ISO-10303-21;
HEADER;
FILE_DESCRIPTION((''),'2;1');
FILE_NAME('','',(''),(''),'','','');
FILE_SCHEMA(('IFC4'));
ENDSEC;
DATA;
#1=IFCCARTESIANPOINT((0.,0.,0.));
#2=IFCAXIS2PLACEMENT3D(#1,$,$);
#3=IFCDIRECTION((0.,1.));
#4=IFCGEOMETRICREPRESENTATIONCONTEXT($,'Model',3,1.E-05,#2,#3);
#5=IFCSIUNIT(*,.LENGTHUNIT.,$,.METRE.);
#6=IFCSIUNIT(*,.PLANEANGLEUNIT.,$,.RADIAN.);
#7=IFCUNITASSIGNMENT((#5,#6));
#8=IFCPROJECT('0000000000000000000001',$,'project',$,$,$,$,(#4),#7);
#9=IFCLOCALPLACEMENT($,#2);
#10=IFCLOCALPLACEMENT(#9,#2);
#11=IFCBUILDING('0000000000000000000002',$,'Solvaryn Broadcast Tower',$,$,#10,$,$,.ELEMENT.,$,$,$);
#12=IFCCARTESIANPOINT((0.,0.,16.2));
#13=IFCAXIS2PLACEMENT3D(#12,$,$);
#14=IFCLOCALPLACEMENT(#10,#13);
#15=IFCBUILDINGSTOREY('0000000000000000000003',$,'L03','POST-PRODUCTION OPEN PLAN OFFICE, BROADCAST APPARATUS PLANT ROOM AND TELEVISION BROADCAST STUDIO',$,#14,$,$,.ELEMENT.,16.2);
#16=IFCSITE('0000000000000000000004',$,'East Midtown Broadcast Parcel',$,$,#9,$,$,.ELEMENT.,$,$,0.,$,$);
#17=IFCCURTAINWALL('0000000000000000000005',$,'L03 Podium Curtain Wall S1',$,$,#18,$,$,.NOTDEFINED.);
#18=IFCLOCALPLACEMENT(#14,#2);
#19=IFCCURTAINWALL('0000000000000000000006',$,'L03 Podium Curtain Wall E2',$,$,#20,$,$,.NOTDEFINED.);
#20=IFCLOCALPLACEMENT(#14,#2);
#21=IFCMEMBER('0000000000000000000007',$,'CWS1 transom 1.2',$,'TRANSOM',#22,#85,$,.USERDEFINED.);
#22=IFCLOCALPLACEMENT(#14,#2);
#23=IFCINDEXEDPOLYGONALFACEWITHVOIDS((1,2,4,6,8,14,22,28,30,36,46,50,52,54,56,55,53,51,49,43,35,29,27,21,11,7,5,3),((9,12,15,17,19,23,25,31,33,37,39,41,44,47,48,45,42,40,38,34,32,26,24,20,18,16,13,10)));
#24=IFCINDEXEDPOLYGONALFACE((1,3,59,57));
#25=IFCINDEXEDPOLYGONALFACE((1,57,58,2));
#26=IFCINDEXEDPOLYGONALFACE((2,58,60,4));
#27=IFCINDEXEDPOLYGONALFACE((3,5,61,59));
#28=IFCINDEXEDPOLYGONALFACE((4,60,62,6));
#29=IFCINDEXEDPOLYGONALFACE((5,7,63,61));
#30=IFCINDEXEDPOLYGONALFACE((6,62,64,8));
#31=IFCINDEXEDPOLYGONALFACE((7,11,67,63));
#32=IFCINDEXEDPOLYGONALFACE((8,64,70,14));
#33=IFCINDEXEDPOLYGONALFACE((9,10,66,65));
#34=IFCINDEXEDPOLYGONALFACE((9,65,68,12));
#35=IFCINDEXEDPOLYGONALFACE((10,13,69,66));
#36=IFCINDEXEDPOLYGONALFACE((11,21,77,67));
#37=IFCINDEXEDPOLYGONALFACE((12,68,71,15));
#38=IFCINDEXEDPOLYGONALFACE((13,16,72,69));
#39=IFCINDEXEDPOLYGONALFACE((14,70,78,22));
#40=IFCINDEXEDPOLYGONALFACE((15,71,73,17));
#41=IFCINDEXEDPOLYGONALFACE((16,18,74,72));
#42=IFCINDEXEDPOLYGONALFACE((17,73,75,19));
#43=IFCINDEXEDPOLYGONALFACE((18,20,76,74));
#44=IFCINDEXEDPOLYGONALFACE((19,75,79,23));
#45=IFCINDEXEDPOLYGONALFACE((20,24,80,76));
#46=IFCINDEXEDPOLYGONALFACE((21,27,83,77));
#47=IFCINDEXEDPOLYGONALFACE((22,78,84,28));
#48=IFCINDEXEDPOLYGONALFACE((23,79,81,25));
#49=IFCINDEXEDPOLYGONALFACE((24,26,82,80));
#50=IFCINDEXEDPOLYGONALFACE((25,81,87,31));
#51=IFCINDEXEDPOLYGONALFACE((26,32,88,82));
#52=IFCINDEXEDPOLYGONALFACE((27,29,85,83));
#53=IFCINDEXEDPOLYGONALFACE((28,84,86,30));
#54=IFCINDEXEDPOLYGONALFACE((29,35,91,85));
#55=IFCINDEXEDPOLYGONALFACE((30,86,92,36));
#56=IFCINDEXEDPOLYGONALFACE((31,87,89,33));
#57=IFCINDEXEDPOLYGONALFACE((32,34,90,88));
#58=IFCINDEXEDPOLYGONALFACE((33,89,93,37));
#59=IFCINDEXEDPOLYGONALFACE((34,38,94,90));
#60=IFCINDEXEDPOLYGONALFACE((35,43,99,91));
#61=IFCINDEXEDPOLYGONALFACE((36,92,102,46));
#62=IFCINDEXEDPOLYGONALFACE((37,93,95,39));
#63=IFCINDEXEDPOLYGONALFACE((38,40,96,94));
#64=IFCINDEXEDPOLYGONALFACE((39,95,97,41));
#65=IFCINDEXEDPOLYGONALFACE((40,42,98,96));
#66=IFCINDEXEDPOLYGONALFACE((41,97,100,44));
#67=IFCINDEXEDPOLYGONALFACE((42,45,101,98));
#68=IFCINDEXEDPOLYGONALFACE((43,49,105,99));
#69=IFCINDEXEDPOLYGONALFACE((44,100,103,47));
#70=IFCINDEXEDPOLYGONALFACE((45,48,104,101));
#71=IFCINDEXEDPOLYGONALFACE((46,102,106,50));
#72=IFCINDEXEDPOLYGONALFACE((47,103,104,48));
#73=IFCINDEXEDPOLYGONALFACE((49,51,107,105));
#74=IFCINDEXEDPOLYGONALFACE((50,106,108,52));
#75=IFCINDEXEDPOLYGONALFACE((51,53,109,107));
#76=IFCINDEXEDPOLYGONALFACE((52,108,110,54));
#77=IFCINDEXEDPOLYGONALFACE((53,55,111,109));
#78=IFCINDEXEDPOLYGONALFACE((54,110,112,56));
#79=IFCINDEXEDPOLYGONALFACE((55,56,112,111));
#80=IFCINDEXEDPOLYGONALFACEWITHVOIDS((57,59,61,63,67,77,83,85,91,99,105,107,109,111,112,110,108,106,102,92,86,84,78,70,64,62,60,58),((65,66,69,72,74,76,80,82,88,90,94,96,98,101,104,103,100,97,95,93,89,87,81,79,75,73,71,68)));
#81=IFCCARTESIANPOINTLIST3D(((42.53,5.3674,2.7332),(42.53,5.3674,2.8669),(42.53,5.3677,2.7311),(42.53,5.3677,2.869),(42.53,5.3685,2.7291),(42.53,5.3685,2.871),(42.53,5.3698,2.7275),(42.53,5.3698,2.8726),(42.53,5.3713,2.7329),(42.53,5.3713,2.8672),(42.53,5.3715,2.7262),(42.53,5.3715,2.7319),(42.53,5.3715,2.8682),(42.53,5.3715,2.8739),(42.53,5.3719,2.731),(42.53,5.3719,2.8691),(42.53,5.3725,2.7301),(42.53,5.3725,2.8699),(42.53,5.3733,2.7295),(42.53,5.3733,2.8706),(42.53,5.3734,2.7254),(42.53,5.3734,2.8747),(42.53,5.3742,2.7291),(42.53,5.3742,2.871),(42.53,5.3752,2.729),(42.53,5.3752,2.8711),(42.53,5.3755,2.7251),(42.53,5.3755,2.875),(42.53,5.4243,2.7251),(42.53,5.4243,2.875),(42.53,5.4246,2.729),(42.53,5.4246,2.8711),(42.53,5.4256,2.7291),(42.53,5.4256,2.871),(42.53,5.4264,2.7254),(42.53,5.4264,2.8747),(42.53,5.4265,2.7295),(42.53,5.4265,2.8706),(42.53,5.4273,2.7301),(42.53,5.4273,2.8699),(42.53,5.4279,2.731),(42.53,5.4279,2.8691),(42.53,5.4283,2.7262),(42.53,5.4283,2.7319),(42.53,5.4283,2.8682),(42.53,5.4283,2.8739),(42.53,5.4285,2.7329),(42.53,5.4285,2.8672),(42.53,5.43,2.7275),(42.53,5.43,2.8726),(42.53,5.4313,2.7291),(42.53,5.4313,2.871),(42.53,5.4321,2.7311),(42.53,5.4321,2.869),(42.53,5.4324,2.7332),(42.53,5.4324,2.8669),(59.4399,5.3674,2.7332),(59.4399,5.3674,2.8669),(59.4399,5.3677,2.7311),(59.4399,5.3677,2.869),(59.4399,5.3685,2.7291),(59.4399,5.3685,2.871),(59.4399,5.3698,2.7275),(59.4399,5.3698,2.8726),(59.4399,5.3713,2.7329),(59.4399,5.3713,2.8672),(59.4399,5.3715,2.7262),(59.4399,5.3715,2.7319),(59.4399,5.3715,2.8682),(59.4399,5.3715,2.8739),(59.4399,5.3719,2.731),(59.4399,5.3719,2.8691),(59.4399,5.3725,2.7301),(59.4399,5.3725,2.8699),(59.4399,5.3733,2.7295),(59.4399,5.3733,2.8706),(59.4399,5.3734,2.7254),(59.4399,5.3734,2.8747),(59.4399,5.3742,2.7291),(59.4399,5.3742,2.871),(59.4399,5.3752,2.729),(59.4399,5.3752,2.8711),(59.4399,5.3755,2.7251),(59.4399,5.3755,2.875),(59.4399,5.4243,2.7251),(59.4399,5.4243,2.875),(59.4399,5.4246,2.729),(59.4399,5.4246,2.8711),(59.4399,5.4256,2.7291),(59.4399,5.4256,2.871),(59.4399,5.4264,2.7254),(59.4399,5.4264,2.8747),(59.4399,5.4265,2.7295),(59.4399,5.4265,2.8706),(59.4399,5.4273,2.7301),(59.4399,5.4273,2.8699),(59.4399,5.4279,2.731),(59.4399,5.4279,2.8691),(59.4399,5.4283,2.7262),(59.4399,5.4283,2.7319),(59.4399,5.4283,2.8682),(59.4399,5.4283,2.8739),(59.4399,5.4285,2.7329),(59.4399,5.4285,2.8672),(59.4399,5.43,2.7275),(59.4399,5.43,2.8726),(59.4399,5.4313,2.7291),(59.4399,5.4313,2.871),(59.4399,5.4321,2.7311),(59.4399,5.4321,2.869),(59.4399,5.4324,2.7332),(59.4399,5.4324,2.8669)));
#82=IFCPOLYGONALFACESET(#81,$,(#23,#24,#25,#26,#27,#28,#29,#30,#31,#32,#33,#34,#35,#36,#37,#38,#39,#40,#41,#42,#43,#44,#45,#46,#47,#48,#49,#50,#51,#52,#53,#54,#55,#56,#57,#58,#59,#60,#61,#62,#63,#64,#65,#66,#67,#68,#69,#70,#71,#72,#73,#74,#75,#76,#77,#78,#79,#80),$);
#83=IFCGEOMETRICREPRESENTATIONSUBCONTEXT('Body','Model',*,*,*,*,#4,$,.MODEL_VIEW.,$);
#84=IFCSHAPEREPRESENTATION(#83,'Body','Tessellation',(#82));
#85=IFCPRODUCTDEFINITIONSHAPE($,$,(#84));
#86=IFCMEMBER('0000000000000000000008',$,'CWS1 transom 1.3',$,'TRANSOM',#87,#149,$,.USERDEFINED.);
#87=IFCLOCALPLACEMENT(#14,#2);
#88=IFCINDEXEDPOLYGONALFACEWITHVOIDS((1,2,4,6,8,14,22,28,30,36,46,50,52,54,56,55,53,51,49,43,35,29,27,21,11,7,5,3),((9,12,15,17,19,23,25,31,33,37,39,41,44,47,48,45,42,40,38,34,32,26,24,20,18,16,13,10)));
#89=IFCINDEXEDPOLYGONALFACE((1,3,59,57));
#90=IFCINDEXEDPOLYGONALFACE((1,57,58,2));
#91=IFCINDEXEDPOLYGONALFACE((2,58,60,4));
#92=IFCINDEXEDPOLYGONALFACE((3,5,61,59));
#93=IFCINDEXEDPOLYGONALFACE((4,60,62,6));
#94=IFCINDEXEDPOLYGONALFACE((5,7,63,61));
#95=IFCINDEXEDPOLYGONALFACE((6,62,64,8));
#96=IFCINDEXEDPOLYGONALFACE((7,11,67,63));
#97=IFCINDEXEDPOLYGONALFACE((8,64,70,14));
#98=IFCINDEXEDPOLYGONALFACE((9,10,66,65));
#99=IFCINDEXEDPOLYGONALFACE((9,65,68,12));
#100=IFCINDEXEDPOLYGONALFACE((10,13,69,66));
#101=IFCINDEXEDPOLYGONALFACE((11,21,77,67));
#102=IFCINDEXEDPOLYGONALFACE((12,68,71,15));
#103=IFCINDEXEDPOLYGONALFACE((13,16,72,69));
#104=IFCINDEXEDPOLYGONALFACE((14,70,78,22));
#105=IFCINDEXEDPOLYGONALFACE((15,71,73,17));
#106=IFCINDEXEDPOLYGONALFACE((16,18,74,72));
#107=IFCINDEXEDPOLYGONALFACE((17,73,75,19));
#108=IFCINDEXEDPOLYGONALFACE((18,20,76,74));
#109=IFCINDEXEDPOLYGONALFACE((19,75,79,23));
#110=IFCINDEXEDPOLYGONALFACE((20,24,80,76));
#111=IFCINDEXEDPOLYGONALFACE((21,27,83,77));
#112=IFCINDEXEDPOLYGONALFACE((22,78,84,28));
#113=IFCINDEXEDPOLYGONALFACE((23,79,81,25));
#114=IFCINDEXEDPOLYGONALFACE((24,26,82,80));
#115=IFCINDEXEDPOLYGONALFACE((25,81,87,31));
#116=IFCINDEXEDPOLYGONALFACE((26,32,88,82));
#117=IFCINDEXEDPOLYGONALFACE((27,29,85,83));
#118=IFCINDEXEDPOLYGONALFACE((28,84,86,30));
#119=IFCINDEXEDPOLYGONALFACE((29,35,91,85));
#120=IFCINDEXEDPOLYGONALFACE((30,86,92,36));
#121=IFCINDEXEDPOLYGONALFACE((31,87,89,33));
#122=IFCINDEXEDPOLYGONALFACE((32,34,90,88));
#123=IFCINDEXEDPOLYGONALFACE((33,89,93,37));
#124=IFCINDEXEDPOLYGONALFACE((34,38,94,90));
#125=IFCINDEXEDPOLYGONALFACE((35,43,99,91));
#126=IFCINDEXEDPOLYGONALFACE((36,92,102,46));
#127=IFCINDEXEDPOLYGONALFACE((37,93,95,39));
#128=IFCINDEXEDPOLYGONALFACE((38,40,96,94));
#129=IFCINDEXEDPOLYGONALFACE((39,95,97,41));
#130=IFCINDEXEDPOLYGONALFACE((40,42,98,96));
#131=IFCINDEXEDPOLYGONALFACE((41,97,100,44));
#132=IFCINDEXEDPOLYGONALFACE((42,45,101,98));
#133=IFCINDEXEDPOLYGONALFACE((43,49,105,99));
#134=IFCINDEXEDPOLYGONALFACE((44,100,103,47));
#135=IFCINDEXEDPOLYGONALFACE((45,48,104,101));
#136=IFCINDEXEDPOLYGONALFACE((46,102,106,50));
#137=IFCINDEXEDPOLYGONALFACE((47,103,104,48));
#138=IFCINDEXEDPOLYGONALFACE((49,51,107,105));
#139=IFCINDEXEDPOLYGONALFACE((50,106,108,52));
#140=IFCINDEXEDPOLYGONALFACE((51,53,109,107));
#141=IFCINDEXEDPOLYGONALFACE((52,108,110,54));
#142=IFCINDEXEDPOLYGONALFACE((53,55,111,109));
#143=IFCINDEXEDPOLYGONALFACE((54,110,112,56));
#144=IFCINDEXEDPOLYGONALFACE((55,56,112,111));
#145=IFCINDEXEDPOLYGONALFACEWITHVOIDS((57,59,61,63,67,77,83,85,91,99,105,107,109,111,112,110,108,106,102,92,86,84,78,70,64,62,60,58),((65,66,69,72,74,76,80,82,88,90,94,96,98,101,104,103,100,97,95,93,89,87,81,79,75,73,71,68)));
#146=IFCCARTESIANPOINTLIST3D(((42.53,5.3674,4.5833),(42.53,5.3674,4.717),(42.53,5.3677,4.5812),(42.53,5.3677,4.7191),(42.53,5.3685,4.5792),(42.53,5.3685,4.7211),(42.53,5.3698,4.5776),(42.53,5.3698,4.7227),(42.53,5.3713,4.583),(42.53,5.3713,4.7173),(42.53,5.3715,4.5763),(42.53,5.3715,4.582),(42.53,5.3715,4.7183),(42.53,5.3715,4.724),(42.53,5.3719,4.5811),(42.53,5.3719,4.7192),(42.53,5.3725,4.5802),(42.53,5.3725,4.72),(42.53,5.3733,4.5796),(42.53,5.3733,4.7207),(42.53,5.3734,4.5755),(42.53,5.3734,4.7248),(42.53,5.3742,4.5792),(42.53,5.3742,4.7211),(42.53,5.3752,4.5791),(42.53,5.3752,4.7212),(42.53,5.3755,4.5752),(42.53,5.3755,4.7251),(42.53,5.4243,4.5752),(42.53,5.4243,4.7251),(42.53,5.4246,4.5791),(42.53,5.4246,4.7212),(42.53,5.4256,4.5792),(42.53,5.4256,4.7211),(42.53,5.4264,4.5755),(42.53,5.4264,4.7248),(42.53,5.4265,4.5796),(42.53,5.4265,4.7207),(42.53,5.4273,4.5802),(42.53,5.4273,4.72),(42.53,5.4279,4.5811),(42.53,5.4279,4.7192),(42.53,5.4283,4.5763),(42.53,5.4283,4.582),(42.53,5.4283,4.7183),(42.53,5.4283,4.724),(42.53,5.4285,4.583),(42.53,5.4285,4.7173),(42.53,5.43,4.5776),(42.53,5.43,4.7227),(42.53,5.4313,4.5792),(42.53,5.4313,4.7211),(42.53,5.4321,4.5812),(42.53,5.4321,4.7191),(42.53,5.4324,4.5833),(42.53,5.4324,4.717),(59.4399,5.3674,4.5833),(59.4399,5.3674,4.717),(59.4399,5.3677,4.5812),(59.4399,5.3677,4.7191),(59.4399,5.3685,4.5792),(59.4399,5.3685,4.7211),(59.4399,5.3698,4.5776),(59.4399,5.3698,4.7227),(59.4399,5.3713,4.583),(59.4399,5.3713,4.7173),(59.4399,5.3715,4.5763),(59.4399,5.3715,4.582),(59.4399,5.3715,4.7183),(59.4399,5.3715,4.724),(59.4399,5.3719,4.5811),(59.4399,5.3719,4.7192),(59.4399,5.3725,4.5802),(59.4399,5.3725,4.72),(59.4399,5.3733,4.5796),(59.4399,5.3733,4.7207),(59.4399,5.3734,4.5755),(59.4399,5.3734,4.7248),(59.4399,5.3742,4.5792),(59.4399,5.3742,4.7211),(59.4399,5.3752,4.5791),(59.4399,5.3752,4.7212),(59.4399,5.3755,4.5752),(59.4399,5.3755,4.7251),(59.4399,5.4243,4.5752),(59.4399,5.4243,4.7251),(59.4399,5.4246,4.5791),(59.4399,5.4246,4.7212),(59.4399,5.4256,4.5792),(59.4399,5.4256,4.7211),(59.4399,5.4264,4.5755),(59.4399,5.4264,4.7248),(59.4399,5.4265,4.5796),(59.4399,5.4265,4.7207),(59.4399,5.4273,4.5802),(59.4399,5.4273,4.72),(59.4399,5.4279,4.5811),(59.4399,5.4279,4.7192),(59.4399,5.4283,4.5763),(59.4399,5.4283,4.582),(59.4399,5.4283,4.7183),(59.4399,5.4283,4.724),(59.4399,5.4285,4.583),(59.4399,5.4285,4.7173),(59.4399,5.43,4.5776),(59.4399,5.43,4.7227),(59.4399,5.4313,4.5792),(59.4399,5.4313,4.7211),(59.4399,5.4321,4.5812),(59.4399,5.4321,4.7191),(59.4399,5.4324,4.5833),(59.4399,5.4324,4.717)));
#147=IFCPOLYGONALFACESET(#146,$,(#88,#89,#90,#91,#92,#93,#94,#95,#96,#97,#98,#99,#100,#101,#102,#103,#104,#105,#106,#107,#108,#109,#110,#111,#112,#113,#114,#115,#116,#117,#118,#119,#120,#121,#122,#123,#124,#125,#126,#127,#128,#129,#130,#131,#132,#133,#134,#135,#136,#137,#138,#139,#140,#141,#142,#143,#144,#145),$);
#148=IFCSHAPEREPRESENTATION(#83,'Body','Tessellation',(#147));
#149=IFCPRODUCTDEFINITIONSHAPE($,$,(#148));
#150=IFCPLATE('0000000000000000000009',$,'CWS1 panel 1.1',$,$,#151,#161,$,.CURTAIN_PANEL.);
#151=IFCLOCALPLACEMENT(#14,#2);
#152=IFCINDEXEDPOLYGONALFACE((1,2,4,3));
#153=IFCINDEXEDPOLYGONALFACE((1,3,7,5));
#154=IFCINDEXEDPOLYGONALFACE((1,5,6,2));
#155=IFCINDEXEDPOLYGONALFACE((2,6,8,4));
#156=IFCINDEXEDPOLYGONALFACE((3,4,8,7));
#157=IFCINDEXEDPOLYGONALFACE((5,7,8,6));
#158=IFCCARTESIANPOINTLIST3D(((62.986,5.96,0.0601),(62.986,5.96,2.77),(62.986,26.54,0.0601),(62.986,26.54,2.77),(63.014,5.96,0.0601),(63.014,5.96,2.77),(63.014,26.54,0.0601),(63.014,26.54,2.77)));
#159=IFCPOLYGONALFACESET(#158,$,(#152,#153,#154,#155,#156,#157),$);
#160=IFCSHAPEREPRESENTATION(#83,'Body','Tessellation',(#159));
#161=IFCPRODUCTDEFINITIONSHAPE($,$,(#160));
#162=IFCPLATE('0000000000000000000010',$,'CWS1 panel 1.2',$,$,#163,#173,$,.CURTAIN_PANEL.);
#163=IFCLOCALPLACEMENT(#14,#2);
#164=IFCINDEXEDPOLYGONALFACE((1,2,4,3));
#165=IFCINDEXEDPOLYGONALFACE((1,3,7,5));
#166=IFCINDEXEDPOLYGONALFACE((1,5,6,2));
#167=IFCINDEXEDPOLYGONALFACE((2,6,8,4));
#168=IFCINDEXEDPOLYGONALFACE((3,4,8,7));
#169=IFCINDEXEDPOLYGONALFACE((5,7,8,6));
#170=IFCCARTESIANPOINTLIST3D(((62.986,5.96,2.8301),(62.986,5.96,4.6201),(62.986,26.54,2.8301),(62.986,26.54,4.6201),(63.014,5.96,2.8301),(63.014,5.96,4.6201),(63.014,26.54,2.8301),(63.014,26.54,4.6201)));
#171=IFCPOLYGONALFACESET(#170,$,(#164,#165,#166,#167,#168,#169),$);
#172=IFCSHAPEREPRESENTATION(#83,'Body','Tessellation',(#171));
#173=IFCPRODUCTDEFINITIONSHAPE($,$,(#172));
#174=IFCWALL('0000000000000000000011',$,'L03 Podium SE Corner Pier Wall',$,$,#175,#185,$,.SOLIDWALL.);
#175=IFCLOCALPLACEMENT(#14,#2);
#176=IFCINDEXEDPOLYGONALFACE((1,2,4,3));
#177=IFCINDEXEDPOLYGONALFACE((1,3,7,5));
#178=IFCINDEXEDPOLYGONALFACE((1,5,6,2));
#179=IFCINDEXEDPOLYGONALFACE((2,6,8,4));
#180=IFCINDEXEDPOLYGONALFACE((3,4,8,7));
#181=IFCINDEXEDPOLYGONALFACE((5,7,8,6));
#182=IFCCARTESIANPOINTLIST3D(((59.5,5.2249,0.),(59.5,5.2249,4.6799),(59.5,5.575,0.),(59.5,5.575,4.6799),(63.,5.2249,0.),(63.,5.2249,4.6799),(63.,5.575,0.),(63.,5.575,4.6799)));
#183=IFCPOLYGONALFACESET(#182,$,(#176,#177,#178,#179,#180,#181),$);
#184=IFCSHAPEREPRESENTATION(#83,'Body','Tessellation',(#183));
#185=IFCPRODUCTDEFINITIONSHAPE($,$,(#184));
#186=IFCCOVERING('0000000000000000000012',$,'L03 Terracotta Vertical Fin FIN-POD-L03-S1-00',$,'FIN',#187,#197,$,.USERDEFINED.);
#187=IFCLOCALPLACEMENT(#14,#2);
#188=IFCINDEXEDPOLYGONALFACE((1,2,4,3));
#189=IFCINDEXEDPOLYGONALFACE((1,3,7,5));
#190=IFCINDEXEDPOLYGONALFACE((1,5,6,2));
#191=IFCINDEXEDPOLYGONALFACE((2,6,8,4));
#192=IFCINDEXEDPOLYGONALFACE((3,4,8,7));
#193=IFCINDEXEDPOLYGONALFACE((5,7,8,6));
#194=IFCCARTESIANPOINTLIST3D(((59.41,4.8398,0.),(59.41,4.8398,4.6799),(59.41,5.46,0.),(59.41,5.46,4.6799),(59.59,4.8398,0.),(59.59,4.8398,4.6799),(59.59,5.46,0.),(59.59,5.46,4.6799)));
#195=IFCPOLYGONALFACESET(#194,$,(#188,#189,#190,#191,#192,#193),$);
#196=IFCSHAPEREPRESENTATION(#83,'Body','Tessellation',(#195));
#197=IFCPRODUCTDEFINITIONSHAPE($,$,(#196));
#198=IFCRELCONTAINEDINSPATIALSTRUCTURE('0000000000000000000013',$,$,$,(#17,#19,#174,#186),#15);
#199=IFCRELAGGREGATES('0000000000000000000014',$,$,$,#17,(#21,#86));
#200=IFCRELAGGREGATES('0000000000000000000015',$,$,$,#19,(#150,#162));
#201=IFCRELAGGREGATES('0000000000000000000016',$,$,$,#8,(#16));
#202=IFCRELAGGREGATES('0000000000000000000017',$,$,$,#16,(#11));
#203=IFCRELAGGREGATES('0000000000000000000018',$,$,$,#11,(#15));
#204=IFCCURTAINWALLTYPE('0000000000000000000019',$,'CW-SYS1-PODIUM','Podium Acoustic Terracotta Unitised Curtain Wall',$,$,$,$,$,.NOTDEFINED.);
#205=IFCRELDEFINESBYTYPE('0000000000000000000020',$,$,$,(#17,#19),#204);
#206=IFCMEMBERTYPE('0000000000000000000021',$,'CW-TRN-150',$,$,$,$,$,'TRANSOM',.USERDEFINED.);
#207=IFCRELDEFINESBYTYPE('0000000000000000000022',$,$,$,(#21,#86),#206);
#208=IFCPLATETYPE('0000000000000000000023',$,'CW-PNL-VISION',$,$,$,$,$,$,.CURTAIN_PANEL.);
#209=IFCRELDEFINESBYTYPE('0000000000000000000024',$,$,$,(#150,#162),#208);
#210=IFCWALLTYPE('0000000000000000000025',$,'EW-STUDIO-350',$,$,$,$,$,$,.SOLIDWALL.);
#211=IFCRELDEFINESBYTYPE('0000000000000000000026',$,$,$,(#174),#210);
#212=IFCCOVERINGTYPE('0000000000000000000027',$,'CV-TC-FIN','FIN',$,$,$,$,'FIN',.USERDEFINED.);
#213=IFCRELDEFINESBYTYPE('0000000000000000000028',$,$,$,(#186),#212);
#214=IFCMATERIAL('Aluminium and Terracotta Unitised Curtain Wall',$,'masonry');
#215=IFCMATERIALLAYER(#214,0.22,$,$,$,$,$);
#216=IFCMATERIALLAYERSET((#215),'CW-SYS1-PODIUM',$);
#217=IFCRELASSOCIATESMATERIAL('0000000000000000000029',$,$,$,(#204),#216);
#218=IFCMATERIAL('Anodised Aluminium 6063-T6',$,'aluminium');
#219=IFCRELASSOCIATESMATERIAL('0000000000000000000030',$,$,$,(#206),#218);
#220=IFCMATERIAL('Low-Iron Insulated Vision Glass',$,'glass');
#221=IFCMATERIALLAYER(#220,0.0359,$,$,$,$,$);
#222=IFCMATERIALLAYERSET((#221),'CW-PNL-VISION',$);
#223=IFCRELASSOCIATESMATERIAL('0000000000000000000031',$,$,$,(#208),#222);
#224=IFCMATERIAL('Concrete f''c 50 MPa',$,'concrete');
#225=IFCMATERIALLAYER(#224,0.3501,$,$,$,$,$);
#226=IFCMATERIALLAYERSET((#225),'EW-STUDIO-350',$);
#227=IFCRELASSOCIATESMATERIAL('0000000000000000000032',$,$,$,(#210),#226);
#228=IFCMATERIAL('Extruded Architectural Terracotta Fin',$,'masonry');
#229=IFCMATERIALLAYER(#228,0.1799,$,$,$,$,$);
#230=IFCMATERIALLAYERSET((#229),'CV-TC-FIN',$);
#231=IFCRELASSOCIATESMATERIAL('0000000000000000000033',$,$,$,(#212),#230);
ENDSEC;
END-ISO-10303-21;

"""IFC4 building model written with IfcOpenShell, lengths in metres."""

from ifc_helpers import new_model, si_unit, direction, frame, frame_2d, origin, origin_2d, place, context, subcontext, project, spatial, rectangle, hollow_rectangle, extrude, material, layer, layer_set, material_profile, profile_set, type_object, element, aggregate, save


model = new_model("IFC4")

# Units and contexts
model_context = context("Model", 3, precision=1e-05, world=origin(), true_north=direction((0.0, 1.0)))
body_context = subcontext(model_context, "Body", "Model", "MODEL_VIEW")
ifc_project = project(units=[si_unit("LENGTHUNIT", "METRE"), si_unit("PLANEANGLEUNIT", "RADIAN")], contexts=[model_context])

# Site, building, storey
site_placement = place(None, origin())
site = spatial("IfcSite", under=ifc_project, at=site_placement, Name="East Midtown Broadcast Parcel", CompositionType="ELEMENT", RefElevation=0.0)
building_placement = place(site_placement, origin())
building = spatial("IfcBuilding", under=site, at=building_placement, Name="Solvaryn Broadcast Tower", CompositionType="ELEMENT")
storey_placement = place(building_placement, frame((0.0, 0.0, 16.2)))
storey = spatial("IfcBuildingStorey", under=building, at=storey_placement, Name="L03", Description="POST-PRODUCTION OPEN PLAN OFFICE, BROADCAST APPARATUS PLANT ROOM AND TELEVISION BROADCAST STUDIO", CompositionType="ELEMENT", Elevation=16.2)

# Curtain walls
ifc_material_1 = material(Name="Aluminium and Terracotta Unitised Curtain Wall", Category="masonry")
ifc_layer_1 = layer(ifc_material_1, 0.22)
ifc_layer_set_1 = layer_set([ifc_layer_1], Name="CW-SYS1-PODIUM")
curtain_wall_type = type_object("IfcCurtainWallType", Name="CW-SYS1-PODIUM", Description="Podium Acoustic Terracotta Unitised Curtain Wall", PredefinedType="NOTDEFINED", material=ifc_layer_set_1)
curtain_wall_1_placement = place(storey_placement, origin())
curtain_wall_1 = element("IfcCurtainWall", 1, at=curtain_wall_1_placement, inside=storey, type_object=curtain_wall_type, Name="L03 Podium Curtain Wall S1", PredefinedType="NOTDEFINED")
curtain_wall_2_placement = place(storey_placement, origin())
curtain_wall_2 = element("IfcCurtainWall", 2, at=curtain_wall_2_placement, inside=storey, type_object=curtain_wall_type, Name="L03 Podium Curtain Wall E2", PredefinedType="NOTDEFINED")

# Members
ifc_material_2 = material(Name="Anodised Aluminium 6063-T6", Category="aluminium")
ifc_material_profile_1 = material_profile(ifc_material_2, hollow_rectangle(XDim=0.0649, YDim=0.1499, WallThickness=0.0039, InnerFilletRadius=0.0039, OuterFilletRadius=0.0081, at=origin_2d()))
ifc_profile_set_1 = profile_set([ifc_material_profile_1], Name="Anodised Aluminium 6063-T6")
member_type_1 = type_object("IfcMemberType", Name="CW-TRN-150", ElementType="TRANSOM", PredefinedType="USERDEFINED", material=ifc_profile_set_1)
member_1_placement = place(storey_placement, frame((59.4399, 5.3999, 2.8), z_axis=(-1.0, 0.0, 0.0), x_axis=(0.0, -1.0, 0.0)))
member_1 = element("IfcMember", 3, at=member_1_placement, type_object=member_type_1, Name="CWS1 transom 1.2", ObjectType="TRANSOM", PredefinedType="USERDEFINED", context=body_context, shape_type="SweptSolid", body=[
    extrude(hollow_rectangle(XDim=0.0649, YDim=0.1499, WallThickness=0.0039, InnerFilletRadius=0.0039, OuterFilletRadius=0.0081, at=origin_2d()), origin(), (0.0, 0.0, 1.0), 16.9099),
])
member_2_placement = place(storey_placement, frame((59.4399, 5.3999, 4.6501), z_axis=(-1.0, 0.0, 0.0), x_axis=(0.0, -1.0, 0.0)))
member_2 = element("IfcMember", 4, at=member_2_placement, type_object=member_type_1, Name="CWS1 transom 1.3", ObjectType="TRANSOM", PredefinedType="USERDEFINED", context=body_context, shape_type="SweptSolid", body=[
    extrude(hollow_rectangle(XDim=0.0649, YDim=0.1499, WallThickness=0.0039, InnerFilletRadius=0.0039, OuterFilletRadius=0.0081, at=origin_2d()), origin(), (0.0, 0.0, 1.0), 16.9099),
])
aggregate(curtain_wall_1, [member_1, member_2])

# Plates
ifc_material_3 = material(Name="Low-Iron Insulated Vision Glass", Category="glass")
ifc_layer_2 = layer(ifc_material_3, 0.0359)
ifc_layer_set_2 = layer_set([ifc_layer_2], Name="CW-PNL-VISION")
plate_type = type_object("IfcPlateType", Name="CW-PNL-VISION", PredefinedType="CURTAIN_PANEL", material=ifc_layer_set_2)
plate_1_placement = place(storey_placement, frame((63.0, 16.25, 0.0601), z_axis=(0.0, 0.0, 1.0), x_axis=(0.0, -1.0, 0.0)))
plate_1 = element("IfcPlate", 5, at=plate_1_placement, type_object=plate_type, Name="CWS1 panel 1.1", PredefinedType="CURTAIN_PANEL", context=body_context, shape_type="SweptSolid", body=[
    extrude(rectangle(XDim=20.5801, YDim=0.0281, at=origin_2d()), origin(), (0.0, 0.0, 1.0), 2.71),
])
plate_2_placement = place(storey_placement, frame((63.0, 16.25, 2.8301), z_axis=(0.0, 0.0, 1.0), x_axis=(0.0, -1.0, 0.0)))
plate_2 = element("IfcPlate", 6, at=plate_2_placement, type_object=plate_type, Name="CWS1 panel 1.2", PredefinedType="CURTAIN_PANEL", context=body_context, shape_type="SweptSolid", body=[
    extrude(rectangle(XDim=20.5801, YDim=0.0281, at=origin_2d()), origin(), (0.0, 0.0, 1.0), 1.79),
])
aggregate(curtain_wall_2, [plate_1, plate_2])

# Wall
ifc_material_4 = material(Name="Concrete f'c 50 MPa", Category="concrete")
ifc_layer_3 = layer(ifc_material_4, 0.3501)
ifc_layer_set_3 = layer_set([ifc_layer_3], Name="EW-STUDIO-350")
wall_type = type_object("IfcWallType", Name="EW-STUDIO-350", PredefinedType="SOLIDWALL", material=ifc_layer_set_3)
wall_placement = place(storey_placement, frame((63.0, 5.3999, 0.0), z_axis=(0.0, 0.0, 1.0), x_axis=(-1.0, 0.0, 0.0)))
element("IfcWall", 7, at=wall_placement, inside=storey, type_object=wall_type, Name="L03 Podium SE Corner Pier Wall", PredefinedType="SOLIDWALL", context=body_context, shape_type="SweptSolid", body=[
    extrude(rectangle(XDim=3.5, YDim=0.3501, at=frame_2d((1.75, 0.0))), origin(), (0.0, 0.0, 1.0), 4.6799),
])

# Covering
ifc_material_5 = material(Name="Extruded Architectural Terracotta Fin", Category="masonry")
ifc_layer_4 = layer(ifc_material_5, 0.1799)
ifc_layer_set_4 = layer_set([ifc_layer_4], Name="CV-TC-FIN")
covering_type = type_object("IfcCoveringType", Name="CV-TC-FIN", Description="FIN", ElementType="FIN", PredefinedType="USERDEFINED", material=ifc_layer_set_4)
for number, where, z_axis, x_axis, name in (
    (8, (59.5, 5.1499, 0.0), (0.0, 0.0, 1.0), (1.0, 0.0, 0.0), "L03 Terracotta Vertical Fin FIN-POD-L03-S1-00"),
):
    element("IfcCovering", number, at=place(storey_placement, frame(where, z_axis=z_axis, x_axis=x_axis)), inside=storey, type_object=covering_type, Name=name, ObjectType="FIN", PredefinedType="USERDEFINED", context=body_context, shape_type="SweptSolid", body=[
        extrude(rectangle(XDim=0.1799, YDim=0.6201, at=origin_2d()), origin(), (0.0, 0.0, 1.0), 4.6799),
    ])

save(model, "model.ifc")
